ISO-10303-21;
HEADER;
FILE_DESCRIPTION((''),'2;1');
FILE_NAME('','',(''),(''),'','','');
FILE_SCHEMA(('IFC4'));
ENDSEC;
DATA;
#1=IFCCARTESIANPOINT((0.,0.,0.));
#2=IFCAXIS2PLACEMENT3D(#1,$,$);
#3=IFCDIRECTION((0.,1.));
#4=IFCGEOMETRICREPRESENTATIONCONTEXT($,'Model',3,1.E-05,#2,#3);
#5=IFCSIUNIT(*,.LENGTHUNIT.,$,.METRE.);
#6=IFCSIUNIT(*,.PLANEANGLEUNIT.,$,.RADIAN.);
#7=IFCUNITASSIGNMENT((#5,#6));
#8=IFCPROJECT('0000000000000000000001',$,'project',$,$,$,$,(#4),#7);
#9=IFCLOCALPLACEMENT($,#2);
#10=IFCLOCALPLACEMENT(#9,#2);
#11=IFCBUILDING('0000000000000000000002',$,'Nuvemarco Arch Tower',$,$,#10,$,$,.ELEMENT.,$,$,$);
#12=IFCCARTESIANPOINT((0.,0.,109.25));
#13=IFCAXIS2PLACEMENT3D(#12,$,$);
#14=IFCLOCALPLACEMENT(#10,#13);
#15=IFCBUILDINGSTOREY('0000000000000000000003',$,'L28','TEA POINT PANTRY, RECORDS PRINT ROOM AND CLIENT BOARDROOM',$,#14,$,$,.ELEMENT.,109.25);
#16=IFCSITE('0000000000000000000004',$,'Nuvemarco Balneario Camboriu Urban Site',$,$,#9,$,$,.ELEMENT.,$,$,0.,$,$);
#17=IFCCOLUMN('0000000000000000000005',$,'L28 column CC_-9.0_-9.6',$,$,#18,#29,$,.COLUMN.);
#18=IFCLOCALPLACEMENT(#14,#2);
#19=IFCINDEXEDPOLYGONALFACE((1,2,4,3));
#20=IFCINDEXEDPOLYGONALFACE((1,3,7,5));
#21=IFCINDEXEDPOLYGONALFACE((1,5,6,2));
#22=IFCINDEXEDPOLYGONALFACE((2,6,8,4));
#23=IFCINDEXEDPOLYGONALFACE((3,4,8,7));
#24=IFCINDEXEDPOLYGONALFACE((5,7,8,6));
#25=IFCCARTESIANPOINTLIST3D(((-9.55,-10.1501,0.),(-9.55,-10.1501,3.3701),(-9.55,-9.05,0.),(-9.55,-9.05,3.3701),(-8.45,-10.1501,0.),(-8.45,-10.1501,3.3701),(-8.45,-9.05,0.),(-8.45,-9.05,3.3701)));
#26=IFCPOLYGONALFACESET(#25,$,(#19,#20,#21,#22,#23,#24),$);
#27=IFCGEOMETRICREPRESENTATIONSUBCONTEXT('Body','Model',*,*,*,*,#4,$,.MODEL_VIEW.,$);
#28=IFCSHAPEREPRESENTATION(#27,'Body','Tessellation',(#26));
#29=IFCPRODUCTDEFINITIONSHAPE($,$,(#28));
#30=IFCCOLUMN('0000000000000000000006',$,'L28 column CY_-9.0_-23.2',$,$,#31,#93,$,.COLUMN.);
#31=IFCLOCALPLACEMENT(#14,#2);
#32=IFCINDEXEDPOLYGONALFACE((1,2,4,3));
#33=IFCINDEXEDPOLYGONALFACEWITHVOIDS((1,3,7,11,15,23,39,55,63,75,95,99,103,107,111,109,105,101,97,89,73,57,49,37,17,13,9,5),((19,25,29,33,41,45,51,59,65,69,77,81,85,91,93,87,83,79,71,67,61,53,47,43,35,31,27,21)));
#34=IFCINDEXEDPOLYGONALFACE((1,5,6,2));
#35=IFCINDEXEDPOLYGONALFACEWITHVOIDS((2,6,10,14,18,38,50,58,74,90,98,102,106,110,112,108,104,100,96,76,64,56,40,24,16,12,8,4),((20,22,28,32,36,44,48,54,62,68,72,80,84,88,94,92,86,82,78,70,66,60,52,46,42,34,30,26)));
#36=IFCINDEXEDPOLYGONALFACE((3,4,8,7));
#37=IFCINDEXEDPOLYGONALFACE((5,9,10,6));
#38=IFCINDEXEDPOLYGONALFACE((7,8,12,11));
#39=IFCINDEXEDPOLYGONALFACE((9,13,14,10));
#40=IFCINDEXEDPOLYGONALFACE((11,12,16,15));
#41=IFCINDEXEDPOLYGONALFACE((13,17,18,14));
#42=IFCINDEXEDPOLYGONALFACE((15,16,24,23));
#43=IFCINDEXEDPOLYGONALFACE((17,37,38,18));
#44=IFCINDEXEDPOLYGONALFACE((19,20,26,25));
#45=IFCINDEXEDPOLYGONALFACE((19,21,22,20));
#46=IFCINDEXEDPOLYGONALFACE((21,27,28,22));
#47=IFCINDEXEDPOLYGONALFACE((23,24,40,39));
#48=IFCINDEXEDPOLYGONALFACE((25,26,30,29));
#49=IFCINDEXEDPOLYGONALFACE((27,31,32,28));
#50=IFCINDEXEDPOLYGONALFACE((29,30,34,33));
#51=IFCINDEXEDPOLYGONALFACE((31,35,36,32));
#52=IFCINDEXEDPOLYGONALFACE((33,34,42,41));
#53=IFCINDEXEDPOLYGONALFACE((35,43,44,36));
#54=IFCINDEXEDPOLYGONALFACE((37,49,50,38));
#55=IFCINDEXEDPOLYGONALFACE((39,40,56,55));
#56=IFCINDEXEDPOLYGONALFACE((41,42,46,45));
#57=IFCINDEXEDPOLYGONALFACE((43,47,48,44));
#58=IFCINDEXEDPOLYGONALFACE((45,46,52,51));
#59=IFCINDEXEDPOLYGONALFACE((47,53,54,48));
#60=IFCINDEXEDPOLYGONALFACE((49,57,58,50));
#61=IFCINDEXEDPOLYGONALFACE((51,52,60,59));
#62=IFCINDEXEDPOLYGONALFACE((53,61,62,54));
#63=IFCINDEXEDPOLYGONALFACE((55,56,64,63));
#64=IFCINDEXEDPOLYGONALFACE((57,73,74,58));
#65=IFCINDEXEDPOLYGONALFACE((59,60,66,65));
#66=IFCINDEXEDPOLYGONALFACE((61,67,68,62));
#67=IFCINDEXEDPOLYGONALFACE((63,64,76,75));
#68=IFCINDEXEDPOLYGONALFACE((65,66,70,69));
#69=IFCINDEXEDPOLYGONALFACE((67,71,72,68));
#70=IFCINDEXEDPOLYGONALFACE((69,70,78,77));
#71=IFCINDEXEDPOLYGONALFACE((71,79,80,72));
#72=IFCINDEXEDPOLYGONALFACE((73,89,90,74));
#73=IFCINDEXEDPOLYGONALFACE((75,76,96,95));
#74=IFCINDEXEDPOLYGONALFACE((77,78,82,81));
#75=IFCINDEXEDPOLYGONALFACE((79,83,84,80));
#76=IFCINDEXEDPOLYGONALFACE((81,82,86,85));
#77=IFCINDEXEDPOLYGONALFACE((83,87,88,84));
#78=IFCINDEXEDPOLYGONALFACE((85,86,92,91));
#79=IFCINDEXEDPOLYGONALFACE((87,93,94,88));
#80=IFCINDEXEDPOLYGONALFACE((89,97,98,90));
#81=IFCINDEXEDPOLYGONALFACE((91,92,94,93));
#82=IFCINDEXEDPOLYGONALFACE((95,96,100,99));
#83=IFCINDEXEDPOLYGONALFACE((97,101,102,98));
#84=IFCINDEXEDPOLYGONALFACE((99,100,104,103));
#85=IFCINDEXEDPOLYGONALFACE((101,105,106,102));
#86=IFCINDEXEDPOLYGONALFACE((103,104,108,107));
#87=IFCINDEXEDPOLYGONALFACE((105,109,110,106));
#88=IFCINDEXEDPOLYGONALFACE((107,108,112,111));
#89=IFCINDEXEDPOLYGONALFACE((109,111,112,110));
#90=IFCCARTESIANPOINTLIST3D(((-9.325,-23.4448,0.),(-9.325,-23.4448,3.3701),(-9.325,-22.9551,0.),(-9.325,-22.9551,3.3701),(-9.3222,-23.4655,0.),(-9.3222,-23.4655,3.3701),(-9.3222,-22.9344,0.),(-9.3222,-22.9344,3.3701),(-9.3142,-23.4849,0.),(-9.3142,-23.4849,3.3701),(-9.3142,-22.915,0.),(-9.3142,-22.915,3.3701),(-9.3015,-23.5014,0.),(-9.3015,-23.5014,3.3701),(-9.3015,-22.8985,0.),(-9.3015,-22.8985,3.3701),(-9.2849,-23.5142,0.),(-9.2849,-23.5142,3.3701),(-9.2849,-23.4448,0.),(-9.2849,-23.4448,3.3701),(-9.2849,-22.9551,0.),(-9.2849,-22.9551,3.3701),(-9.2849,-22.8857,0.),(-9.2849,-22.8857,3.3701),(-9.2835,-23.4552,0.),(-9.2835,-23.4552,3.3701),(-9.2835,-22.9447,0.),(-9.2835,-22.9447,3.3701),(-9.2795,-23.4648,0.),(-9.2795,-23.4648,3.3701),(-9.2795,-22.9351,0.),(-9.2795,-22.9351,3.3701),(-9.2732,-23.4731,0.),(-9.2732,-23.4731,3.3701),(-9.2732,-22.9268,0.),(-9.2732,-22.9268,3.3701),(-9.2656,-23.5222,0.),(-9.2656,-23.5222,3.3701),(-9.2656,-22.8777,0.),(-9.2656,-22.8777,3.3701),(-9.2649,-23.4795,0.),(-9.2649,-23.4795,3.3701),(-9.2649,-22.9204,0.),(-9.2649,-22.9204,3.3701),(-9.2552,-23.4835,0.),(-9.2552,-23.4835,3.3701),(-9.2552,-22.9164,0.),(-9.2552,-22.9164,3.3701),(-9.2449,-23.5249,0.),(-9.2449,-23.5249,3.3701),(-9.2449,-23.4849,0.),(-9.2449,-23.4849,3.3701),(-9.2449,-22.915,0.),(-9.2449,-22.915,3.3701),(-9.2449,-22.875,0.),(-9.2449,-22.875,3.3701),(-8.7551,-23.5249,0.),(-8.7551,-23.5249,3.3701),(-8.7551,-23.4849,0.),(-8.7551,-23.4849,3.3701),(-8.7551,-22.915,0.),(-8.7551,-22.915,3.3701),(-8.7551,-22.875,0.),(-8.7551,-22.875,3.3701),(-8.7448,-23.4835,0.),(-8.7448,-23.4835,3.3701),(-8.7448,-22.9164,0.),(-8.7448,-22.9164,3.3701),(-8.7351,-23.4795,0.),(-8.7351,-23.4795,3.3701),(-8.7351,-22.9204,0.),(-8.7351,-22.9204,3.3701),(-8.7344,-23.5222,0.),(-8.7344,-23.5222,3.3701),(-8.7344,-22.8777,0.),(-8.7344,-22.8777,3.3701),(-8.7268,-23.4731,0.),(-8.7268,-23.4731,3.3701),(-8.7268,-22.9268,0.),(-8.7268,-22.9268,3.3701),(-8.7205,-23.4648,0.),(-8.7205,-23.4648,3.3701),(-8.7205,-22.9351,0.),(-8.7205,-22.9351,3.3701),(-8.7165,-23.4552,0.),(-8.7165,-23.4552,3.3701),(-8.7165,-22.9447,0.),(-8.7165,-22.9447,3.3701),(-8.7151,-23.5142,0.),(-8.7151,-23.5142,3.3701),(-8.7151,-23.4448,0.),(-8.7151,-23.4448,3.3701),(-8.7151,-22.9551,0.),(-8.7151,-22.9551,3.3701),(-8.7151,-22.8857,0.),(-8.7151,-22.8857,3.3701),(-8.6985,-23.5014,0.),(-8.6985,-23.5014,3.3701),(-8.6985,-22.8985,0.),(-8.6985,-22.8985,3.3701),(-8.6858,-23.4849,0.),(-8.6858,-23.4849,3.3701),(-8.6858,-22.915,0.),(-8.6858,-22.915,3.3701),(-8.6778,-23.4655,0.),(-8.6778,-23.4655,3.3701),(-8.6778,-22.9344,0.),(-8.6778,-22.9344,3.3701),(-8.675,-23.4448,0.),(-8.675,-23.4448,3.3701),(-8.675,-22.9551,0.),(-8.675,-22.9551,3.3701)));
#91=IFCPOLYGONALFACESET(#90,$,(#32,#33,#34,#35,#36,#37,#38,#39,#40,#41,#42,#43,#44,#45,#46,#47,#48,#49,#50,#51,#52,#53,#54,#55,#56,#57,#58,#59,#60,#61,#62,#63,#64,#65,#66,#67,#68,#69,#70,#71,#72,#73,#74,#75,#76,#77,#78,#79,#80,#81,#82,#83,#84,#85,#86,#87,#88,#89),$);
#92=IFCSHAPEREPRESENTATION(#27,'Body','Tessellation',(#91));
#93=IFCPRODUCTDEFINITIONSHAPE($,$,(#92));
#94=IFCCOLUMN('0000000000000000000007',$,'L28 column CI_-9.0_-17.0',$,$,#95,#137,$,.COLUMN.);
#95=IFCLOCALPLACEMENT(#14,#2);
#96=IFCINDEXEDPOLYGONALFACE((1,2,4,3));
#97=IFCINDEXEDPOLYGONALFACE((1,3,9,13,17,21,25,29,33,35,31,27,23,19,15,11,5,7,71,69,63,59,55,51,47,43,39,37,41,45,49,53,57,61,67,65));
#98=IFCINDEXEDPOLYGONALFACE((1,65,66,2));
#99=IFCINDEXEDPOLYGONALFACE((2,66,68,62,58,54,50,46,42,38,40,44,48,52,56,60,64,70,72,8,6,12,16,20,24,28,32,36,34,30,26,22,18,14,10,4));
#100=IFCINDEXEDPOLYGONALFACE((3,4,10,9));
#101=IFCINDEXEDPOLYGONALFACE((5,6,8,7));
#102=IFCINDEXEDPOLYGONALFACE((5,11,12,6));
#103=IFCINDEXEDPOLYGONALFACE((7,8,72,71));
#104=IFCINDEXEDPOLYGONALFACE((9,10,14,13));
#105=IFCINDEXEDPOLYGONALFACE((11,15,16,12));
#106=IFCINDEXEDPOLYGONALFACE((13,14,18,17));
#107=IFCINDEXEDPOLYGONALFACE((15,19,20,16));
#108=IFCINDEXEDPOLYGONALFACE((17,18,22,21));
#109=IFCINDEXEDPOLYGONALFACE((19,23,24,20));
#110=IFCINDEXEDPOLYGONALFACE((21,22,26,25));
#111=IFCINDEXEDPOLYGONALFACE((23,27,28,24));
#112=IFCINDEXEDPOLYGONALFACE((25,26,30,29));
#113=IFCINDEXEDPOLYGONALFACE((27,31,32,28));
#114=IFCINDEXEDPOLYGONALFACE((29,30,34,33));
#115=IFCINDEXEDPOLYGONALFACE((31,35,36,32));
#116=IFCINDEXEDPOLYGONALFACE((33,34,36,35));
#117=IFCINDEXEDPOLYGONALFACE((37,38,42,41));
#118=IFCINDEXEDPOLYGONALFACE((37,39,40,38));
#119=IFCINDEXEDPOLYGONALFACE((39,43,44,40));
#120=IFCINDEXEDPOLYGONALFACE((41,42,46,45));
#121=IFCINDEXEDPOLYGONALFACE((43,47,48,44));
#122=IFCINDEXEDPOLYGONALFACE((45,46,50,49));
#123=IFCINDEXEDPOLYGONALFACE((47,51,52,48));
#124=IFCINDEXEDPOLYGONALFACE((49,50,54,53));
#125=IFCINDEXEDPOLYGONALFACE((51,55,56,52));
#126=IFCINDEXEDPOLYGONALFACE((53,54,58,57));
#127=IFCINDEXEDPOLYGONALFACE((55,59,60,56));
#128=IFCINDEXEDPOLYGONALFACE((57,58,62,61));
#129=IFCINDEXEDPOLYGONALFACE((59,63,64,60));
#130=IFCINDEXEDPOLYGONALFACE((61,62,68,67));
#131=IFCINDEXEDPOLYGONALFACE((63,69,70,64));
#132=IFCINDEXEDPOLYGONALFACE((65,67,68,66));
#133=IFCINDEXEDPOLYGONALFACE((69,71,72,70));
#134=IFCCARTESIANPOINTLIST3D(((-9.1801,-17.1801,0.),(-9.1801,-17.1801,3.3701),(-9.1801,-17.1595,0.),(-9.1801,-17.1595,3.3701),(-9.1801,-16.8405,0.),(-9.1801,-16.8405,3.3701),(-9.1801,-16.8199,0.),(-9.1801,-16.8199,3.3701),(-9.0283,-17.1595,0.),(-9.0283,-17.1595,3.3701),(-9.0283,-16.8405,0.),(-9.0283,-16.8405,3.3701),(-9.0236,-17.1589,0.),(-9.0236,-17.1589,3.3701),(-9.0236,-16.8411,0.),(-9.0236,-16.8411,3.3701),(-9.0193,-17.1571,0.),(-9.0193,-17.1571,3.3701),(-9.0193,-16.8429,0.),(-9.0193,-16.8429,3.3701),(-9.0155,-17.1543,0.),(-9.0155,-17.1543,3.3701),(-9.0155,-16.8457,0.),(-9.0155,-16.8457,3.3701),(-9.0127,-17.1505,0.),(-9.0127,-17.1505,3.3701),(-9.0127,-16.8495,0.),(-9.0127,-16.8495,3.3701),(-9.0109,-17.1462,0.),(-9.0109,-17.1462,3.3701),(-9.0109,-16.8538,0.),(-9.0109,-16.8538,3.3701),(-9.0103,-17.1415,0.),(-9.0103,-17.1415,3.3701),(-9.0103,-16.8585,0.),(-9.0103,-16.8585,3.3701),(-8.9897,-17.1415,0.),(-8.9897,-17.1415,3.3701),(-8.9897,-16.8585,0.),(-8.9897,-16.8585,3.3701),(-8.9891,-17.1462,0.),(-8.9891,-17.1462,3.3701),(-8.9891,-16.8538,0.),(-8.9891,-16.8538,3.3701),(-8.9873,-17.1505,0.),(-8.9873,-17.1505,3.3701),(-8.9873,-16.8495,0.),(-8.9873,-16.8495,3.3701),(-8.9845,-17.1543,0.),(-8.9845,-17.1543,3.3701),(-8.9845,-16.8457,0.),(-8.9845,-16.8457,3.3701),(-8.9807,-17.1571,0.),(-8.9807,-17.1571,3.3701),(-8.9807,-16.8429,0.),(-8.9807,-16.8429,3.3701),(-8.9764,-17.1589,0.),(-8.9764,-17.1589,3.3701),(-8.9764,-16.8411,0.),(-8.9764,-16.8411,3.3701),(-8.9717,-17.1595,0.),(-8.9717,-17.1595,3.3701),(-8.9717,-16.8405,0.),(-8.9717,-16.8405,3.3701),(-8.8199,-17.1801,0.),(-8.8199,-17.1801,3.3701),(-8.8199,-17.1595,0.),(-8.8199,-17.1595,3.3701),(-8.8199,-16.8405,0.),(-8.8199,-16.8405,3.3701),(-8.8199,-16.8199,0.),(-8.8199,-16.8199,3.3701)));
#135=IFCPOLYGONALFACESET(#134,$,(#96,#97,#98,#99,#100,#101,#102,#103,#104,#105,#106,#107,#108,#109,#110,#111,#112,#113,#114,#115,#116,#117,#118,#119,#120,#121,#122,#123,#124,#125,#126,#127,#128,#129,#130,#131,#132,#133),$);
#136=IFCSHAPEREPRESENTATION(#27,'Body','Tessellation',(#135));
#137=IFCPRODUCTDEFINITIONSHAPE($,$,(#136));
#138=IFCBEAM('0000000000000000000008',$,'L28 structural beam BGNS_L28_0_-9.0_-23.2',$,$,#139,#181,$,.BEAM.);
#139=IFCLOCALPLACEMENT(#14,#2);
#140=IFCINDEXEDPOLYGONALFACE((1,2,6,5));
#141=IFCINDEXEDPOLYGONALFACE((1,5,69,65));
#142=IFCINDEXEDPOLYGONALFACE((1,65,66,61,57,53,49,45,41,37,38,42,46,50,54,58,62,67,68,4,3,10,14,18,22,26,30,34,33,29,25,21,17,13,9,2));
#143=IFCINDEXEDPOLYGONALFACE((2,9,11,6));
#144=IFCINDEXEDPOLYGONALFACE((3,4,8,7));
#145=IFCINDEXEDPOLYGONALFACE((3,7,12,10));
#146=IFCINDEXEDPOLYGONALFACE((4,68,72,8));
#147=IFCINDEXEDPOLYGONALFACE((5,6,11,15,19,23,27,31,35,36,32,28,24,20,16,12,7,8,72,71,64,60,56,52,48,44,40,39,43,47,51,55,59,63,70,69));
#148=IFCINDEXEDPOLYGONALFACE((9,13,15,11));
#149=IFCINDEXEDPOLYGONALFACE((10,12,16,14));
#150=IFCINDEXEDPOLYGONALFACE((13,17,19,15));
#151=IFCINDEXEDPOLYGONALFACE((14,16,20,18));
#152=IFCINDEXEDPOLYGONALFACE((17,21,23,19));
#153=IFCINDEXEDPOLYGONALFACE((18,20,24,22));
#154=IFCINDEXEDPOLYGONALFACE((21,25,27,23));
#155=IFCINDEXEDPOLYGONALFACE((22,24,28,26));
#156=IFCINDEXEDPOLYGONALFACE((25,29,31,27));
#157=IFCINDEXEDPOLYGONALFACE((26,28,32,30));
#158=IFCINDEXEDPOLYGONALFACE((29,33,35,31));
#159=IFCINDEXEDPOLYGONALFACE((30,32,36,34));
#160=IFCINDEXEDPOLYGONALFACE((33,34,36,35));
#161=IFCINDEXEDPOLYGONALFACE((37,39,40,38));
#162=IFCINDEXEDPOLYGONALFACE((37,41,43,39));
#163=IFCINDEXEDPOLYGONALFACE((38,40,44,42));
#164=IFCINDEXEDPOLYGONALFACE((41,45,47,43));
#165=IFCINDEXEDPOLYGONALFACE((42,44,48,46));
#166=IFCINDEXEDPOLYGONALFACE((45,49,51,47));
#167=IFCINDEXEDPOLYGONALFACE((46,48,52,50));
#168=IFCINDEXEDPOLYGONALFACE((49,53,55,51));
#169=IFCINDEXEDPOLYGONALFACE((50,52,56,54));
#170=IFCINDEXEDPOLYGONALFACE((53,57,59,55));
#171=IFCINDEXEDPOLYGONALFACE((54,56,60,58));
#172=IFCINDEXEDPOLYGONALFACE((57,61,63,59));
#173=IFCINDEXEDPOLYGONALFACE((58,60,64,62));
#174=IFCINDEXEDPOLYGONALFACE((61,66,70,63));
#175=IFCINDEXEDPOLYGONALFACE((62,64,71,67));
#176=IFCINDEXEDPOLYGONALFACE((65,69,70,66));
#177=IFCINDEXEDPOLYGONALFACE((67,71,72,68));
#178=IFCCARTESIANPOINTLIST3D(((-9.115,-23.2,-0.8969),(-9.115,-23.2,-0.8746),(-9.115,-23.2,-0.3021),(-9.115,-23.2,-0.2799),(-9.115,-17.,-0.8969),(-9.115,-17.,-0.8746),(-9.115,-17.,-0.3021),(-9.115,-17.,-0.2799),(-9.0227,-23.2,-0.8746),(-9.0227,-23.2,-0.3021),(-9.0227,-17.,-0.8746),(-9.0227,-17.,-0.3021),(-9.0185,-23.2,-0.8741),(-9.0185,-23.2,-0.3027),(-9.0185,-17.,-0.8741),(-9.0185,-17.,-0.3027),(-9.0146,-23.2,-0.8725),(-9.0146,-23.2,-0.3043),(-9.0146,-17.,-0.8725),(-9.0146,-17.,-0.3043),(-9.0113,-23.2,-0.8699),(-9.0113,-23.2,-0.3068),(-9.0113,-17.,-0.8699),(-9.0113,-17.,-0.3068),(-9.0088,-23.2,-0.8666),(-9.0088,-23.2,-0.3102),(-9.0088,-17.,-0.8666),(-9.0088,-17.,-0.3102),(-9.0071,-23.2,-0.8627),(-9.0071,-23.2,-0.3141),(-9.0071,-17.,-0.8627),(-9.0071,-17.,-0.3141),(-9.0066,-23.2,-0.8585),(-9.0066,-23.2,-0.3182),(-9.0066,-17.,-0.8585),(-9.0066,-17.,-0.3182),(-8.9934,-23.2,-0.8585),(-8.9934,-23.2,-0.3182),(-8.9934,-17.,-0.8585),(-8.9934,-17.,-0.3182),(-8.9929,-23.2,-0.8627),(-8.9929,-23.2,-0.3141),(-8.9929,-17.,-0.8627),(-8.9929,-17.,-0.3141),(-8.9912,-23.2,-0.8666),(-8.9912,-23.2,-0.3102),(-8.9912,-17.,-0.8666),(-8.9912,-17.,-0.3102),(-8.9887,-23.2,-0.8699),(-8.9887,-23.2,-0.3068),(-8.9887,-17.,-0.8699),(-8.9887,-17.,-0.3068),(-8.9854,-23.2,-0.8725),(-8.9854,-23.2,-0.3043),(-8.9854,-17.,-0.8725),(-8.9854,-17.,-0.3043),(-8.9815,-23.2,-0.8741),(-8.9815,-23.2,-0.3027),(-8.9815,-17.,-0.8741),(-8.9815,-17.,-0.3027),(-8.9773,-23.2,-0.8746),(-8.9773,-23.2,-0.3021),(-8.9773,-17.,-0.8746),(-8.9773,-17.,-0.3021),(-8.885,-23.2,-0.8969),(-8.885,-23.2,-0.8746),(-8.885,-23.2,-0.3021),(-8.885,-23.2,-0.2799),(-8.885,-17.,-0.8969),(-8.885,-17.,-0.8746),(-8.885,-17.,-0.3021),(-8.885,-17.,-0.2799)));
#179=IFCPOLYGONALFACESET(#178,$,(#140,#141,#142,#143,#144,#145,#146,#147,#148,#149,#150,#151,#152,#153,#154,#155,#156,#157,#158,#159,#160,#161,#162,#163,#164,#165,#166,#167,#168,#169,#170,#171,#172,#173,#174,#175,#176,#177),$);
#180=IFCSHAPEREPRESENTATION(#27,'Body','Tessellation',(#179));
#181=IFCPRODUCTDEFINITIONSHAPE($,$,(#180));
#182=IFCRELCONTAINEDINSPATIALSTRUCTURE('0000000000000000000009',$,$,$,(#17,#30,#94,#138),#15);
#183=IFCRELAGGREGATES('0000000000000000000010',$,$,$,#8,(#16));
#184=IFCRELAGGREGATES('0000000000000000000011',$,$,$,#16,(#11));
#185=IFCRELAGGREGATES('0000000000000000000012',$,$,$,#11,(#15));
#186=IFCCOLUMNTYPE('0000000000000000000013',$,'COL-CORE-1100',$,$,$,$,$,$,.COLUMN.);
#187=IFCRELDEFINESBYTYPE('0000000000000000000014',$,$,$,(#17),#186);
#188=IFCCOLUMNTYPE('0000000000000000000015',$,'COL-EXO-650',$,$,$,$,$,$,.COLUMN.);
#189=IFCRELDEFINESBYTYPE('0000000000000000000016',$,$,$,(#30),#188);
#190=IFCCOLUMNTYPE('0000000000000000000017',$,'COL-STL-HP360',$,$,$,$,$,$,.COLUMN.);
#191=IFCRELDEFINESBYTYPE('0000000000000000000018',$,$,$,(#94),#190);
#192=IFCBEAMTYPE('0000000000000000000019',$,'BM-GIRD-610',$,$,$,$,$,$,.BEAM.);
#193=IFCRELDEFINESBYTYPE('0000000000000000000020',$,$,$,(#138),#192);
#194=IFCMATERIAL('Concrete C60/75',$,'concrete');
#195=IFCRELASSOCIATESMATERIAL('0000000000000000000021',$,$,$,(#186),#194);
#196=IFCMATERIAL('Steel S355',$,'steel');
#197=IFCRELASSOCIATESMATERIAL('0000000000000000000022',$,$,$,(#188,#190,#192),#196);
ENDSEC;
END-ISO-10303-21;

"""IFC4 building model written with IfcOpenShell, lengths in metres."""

from ifc_helpers import new_model, si_unit, direction, frame, origin, origin_2d, place, context, subcontext, project, spatial, rectangle, hollow_rectangle, i_section, extrude, material, material_profile, profile_set, type_object, element, save


model = new_model("IFC4")

# Units and contexts
model_context = context("Model", 3, precision=1e-05, world=origin(), true_north=direction((0.0, 1.0)))
body_context = subcontext(model_context, "Body", "Model", "MODEL_VIEW")
ifc_project = project(units=[si_unit("LENGTHUNIT", "METRE"), si_unit("PLANEANGLEUNIT", "RADIAN")], contexts=[model_context])

# Site, building, storey
site_placement = place(None, origin())
site = spatial("IfcSite", under=ifc_project, at=site_placement, Name="Nuvemarco Balneario Camboriu Urban Site", CompositionType="ELEMENT", RefElevation=0.0)
building_placement = place(site_placement, origin())
building = spatial("IfcBuilding", under=site, at=building_placement, Name="Nuvemarco Arch Tower", CompositionType="ELEMENT")
storey_placement = place(building_placement, frame((0.0, 0.0, 109.25)))
storey = spatial("IfcBuildingStorey", under=building, at=storey_placement, Name="L28", Description="TEA POINT PANTRY, RECORDS PRINT ROOM AND CLIENT BOARDROOM", CompositionType="ELEMENT", Elevation=109.25)

# Columns
ifc_material_1 = material(Name="Concrete C60/75", Category="concrete")
ifc_material_profile_1 = material_profile(ifc_material_1, rectangle(XDim=1.1001, YDim=1.1001, at=origin_2d()), Name="RC-COL-1100x1100")
ifc_profile_set_1 = profile_set([ifc_material_profile_1], Name="Concrete C60/75")
column_type_1 = type_object("IfcColumnType", Name="COL-CORE-1100", PredefinedType="COLUMN", material=ifc_profile_set_1)
column_1_placement = place(storey_placement, frame((-9.0, -9.6001, 0.0), z_axis=(0.0, 0.0, 1.0), x_axis=(1.0, 0.0, 0.0)))
element("IfcColumn", 1, at=column_1_placement, inside=storey, type_object=column_type_1, Name="L28 column CC_-9.0_-9.6", PredefinedType="COLUMN", context=body_context, shape_type="SweptSolid", body=[
    extrude(rectangle(XDim=1.1001, YDim=1.1001, at=origin_2d()), origin(), (0.0, 0.0, 1.0), 3.3701),
])
ifc_material_2 = material(Name="Steel S355", Category="steel")
ifc_material_profile_2 = material_profile(ifc_material_2, hollow_rectangle(XDim=0.6499, YDim=0.6499, WallThickness=0.04, InnerFilletRadius=0.04, OuterFilletRadius=0.0801, at=origin_2d()), Name="SHS650x650x40")
ifc_profile_set_2 = profile_set([ifc_material_profile_2], Name="Steel S355")
column_type_2 = type_object("IfcColumnType", Name="COL-EXO-650", PredefinedType="COLUMN", material=ifc_profile_set_2)
column_2_placement = place(storey_placement, frame((-9.0, -23.2, 0.0), z_axis=(0.0, 0.0, 1.0), x_axis=(1.0, 0.0, 0.0)))
element("IfcColumn", 2, at=column_2_placement, inside=storey, type_object=column_type_2, Name="L28 column CY_-9.0_-23.2", PredefinedType="COLUMN", context=body_context, shape_type="SweptSolid", body=[
    extrude(hollow_rectangle(XDim=0.6499, YDim=0.6499, WallThickness=0.04, InnerFilletRadius=0.04, OuterFilletRadius=0.0801, at=origin_2d()), origin(), (0.0, 0.0, 1.0), 3.3701),
])
ifc_material_profile_3 = material_profile(ifc_material_2, i_section(OverallWidth=0.3601, OverallDepth=0.3601, WebThickness=0.0205, FlangeThickness=0.0205, FilletRadius=0.0181, at=origin_2d()), Name="HP360x174")
ifc_profile_set_3 = profile_set([ifc_material_profile_3], Name="Steel S355")
column_type_3 = type_object("IfcColumnType", Name="COL-STL-HP360", PredefinedType="COLUMN", material=ifc_profile_set_3)
column_3_placement = place(storey_placement, frame((-9.0, -17.0, 0.0), z_axis=(0.0, 0.0, 1.0), x_axis=(1.0, 0.0, 0.0)))
element("IfcColumn", 3, at=column_3_placement, inside=storey, type_object=column_type_3, Name="L28 column CI_-9.0_-17.0", PredefinedType="COLUMN", context=body_context, shape_type="SweptSolid", body=[
    extrude(i_section(OverallWidth=0.3601, OverallDepth=0.3601, WebThickness=0.0205, FlangeThickness=0.0205, FilletRadius=0.0181, at=origin_2d()), origin(), (0.0, 0.0, 1.0), 3.3701),
])

# Beam
ifc_material_profile_4 = material_profile(ifc_material_2, i_section(OverallWidth=0.23, OverallDepth=0.6169, WebThickness=0.0132, FlangeThickness=0.0222, FilletRadius=0.0161, at=origin_2d()), Name="W610x140")
ifc_profile_set_4 = profile_set([ifc_material_profile_4], Name="Steel S355")
beam_type_1 = type_object("IfcBeamType", Name="BM-GIRD-610", PredefinedType="BEAM", material=ifc_profile_set_4)
beam_1_placement = place(storey_placement, frame((-9.0, -23.2, -0.5884), z_axis=(0.0, 1.0, 0.0), x_axis=(-1.0, 0.0, 0.0)))
element("IfcBeam", 4, at=beam_1_placement, inside=storey, type_object=beam_type_1, Name="L28 structural beam BGNS_L28_0_-9.0_-23.2", PredefinedType="BEAM", context=body_context, shape_type="SweptSolid", body=[
    extrude(i_section(OverallWidth=0.23, OverallDepth=0.6169, WebThickness=0.0132, FlangeThickness=0.0222, FilletRadius=0.0161, at=origin_2d()), origin(), (0.0, 0.0, 1.0), 6.2),
])

save(model, "model.ifc")
